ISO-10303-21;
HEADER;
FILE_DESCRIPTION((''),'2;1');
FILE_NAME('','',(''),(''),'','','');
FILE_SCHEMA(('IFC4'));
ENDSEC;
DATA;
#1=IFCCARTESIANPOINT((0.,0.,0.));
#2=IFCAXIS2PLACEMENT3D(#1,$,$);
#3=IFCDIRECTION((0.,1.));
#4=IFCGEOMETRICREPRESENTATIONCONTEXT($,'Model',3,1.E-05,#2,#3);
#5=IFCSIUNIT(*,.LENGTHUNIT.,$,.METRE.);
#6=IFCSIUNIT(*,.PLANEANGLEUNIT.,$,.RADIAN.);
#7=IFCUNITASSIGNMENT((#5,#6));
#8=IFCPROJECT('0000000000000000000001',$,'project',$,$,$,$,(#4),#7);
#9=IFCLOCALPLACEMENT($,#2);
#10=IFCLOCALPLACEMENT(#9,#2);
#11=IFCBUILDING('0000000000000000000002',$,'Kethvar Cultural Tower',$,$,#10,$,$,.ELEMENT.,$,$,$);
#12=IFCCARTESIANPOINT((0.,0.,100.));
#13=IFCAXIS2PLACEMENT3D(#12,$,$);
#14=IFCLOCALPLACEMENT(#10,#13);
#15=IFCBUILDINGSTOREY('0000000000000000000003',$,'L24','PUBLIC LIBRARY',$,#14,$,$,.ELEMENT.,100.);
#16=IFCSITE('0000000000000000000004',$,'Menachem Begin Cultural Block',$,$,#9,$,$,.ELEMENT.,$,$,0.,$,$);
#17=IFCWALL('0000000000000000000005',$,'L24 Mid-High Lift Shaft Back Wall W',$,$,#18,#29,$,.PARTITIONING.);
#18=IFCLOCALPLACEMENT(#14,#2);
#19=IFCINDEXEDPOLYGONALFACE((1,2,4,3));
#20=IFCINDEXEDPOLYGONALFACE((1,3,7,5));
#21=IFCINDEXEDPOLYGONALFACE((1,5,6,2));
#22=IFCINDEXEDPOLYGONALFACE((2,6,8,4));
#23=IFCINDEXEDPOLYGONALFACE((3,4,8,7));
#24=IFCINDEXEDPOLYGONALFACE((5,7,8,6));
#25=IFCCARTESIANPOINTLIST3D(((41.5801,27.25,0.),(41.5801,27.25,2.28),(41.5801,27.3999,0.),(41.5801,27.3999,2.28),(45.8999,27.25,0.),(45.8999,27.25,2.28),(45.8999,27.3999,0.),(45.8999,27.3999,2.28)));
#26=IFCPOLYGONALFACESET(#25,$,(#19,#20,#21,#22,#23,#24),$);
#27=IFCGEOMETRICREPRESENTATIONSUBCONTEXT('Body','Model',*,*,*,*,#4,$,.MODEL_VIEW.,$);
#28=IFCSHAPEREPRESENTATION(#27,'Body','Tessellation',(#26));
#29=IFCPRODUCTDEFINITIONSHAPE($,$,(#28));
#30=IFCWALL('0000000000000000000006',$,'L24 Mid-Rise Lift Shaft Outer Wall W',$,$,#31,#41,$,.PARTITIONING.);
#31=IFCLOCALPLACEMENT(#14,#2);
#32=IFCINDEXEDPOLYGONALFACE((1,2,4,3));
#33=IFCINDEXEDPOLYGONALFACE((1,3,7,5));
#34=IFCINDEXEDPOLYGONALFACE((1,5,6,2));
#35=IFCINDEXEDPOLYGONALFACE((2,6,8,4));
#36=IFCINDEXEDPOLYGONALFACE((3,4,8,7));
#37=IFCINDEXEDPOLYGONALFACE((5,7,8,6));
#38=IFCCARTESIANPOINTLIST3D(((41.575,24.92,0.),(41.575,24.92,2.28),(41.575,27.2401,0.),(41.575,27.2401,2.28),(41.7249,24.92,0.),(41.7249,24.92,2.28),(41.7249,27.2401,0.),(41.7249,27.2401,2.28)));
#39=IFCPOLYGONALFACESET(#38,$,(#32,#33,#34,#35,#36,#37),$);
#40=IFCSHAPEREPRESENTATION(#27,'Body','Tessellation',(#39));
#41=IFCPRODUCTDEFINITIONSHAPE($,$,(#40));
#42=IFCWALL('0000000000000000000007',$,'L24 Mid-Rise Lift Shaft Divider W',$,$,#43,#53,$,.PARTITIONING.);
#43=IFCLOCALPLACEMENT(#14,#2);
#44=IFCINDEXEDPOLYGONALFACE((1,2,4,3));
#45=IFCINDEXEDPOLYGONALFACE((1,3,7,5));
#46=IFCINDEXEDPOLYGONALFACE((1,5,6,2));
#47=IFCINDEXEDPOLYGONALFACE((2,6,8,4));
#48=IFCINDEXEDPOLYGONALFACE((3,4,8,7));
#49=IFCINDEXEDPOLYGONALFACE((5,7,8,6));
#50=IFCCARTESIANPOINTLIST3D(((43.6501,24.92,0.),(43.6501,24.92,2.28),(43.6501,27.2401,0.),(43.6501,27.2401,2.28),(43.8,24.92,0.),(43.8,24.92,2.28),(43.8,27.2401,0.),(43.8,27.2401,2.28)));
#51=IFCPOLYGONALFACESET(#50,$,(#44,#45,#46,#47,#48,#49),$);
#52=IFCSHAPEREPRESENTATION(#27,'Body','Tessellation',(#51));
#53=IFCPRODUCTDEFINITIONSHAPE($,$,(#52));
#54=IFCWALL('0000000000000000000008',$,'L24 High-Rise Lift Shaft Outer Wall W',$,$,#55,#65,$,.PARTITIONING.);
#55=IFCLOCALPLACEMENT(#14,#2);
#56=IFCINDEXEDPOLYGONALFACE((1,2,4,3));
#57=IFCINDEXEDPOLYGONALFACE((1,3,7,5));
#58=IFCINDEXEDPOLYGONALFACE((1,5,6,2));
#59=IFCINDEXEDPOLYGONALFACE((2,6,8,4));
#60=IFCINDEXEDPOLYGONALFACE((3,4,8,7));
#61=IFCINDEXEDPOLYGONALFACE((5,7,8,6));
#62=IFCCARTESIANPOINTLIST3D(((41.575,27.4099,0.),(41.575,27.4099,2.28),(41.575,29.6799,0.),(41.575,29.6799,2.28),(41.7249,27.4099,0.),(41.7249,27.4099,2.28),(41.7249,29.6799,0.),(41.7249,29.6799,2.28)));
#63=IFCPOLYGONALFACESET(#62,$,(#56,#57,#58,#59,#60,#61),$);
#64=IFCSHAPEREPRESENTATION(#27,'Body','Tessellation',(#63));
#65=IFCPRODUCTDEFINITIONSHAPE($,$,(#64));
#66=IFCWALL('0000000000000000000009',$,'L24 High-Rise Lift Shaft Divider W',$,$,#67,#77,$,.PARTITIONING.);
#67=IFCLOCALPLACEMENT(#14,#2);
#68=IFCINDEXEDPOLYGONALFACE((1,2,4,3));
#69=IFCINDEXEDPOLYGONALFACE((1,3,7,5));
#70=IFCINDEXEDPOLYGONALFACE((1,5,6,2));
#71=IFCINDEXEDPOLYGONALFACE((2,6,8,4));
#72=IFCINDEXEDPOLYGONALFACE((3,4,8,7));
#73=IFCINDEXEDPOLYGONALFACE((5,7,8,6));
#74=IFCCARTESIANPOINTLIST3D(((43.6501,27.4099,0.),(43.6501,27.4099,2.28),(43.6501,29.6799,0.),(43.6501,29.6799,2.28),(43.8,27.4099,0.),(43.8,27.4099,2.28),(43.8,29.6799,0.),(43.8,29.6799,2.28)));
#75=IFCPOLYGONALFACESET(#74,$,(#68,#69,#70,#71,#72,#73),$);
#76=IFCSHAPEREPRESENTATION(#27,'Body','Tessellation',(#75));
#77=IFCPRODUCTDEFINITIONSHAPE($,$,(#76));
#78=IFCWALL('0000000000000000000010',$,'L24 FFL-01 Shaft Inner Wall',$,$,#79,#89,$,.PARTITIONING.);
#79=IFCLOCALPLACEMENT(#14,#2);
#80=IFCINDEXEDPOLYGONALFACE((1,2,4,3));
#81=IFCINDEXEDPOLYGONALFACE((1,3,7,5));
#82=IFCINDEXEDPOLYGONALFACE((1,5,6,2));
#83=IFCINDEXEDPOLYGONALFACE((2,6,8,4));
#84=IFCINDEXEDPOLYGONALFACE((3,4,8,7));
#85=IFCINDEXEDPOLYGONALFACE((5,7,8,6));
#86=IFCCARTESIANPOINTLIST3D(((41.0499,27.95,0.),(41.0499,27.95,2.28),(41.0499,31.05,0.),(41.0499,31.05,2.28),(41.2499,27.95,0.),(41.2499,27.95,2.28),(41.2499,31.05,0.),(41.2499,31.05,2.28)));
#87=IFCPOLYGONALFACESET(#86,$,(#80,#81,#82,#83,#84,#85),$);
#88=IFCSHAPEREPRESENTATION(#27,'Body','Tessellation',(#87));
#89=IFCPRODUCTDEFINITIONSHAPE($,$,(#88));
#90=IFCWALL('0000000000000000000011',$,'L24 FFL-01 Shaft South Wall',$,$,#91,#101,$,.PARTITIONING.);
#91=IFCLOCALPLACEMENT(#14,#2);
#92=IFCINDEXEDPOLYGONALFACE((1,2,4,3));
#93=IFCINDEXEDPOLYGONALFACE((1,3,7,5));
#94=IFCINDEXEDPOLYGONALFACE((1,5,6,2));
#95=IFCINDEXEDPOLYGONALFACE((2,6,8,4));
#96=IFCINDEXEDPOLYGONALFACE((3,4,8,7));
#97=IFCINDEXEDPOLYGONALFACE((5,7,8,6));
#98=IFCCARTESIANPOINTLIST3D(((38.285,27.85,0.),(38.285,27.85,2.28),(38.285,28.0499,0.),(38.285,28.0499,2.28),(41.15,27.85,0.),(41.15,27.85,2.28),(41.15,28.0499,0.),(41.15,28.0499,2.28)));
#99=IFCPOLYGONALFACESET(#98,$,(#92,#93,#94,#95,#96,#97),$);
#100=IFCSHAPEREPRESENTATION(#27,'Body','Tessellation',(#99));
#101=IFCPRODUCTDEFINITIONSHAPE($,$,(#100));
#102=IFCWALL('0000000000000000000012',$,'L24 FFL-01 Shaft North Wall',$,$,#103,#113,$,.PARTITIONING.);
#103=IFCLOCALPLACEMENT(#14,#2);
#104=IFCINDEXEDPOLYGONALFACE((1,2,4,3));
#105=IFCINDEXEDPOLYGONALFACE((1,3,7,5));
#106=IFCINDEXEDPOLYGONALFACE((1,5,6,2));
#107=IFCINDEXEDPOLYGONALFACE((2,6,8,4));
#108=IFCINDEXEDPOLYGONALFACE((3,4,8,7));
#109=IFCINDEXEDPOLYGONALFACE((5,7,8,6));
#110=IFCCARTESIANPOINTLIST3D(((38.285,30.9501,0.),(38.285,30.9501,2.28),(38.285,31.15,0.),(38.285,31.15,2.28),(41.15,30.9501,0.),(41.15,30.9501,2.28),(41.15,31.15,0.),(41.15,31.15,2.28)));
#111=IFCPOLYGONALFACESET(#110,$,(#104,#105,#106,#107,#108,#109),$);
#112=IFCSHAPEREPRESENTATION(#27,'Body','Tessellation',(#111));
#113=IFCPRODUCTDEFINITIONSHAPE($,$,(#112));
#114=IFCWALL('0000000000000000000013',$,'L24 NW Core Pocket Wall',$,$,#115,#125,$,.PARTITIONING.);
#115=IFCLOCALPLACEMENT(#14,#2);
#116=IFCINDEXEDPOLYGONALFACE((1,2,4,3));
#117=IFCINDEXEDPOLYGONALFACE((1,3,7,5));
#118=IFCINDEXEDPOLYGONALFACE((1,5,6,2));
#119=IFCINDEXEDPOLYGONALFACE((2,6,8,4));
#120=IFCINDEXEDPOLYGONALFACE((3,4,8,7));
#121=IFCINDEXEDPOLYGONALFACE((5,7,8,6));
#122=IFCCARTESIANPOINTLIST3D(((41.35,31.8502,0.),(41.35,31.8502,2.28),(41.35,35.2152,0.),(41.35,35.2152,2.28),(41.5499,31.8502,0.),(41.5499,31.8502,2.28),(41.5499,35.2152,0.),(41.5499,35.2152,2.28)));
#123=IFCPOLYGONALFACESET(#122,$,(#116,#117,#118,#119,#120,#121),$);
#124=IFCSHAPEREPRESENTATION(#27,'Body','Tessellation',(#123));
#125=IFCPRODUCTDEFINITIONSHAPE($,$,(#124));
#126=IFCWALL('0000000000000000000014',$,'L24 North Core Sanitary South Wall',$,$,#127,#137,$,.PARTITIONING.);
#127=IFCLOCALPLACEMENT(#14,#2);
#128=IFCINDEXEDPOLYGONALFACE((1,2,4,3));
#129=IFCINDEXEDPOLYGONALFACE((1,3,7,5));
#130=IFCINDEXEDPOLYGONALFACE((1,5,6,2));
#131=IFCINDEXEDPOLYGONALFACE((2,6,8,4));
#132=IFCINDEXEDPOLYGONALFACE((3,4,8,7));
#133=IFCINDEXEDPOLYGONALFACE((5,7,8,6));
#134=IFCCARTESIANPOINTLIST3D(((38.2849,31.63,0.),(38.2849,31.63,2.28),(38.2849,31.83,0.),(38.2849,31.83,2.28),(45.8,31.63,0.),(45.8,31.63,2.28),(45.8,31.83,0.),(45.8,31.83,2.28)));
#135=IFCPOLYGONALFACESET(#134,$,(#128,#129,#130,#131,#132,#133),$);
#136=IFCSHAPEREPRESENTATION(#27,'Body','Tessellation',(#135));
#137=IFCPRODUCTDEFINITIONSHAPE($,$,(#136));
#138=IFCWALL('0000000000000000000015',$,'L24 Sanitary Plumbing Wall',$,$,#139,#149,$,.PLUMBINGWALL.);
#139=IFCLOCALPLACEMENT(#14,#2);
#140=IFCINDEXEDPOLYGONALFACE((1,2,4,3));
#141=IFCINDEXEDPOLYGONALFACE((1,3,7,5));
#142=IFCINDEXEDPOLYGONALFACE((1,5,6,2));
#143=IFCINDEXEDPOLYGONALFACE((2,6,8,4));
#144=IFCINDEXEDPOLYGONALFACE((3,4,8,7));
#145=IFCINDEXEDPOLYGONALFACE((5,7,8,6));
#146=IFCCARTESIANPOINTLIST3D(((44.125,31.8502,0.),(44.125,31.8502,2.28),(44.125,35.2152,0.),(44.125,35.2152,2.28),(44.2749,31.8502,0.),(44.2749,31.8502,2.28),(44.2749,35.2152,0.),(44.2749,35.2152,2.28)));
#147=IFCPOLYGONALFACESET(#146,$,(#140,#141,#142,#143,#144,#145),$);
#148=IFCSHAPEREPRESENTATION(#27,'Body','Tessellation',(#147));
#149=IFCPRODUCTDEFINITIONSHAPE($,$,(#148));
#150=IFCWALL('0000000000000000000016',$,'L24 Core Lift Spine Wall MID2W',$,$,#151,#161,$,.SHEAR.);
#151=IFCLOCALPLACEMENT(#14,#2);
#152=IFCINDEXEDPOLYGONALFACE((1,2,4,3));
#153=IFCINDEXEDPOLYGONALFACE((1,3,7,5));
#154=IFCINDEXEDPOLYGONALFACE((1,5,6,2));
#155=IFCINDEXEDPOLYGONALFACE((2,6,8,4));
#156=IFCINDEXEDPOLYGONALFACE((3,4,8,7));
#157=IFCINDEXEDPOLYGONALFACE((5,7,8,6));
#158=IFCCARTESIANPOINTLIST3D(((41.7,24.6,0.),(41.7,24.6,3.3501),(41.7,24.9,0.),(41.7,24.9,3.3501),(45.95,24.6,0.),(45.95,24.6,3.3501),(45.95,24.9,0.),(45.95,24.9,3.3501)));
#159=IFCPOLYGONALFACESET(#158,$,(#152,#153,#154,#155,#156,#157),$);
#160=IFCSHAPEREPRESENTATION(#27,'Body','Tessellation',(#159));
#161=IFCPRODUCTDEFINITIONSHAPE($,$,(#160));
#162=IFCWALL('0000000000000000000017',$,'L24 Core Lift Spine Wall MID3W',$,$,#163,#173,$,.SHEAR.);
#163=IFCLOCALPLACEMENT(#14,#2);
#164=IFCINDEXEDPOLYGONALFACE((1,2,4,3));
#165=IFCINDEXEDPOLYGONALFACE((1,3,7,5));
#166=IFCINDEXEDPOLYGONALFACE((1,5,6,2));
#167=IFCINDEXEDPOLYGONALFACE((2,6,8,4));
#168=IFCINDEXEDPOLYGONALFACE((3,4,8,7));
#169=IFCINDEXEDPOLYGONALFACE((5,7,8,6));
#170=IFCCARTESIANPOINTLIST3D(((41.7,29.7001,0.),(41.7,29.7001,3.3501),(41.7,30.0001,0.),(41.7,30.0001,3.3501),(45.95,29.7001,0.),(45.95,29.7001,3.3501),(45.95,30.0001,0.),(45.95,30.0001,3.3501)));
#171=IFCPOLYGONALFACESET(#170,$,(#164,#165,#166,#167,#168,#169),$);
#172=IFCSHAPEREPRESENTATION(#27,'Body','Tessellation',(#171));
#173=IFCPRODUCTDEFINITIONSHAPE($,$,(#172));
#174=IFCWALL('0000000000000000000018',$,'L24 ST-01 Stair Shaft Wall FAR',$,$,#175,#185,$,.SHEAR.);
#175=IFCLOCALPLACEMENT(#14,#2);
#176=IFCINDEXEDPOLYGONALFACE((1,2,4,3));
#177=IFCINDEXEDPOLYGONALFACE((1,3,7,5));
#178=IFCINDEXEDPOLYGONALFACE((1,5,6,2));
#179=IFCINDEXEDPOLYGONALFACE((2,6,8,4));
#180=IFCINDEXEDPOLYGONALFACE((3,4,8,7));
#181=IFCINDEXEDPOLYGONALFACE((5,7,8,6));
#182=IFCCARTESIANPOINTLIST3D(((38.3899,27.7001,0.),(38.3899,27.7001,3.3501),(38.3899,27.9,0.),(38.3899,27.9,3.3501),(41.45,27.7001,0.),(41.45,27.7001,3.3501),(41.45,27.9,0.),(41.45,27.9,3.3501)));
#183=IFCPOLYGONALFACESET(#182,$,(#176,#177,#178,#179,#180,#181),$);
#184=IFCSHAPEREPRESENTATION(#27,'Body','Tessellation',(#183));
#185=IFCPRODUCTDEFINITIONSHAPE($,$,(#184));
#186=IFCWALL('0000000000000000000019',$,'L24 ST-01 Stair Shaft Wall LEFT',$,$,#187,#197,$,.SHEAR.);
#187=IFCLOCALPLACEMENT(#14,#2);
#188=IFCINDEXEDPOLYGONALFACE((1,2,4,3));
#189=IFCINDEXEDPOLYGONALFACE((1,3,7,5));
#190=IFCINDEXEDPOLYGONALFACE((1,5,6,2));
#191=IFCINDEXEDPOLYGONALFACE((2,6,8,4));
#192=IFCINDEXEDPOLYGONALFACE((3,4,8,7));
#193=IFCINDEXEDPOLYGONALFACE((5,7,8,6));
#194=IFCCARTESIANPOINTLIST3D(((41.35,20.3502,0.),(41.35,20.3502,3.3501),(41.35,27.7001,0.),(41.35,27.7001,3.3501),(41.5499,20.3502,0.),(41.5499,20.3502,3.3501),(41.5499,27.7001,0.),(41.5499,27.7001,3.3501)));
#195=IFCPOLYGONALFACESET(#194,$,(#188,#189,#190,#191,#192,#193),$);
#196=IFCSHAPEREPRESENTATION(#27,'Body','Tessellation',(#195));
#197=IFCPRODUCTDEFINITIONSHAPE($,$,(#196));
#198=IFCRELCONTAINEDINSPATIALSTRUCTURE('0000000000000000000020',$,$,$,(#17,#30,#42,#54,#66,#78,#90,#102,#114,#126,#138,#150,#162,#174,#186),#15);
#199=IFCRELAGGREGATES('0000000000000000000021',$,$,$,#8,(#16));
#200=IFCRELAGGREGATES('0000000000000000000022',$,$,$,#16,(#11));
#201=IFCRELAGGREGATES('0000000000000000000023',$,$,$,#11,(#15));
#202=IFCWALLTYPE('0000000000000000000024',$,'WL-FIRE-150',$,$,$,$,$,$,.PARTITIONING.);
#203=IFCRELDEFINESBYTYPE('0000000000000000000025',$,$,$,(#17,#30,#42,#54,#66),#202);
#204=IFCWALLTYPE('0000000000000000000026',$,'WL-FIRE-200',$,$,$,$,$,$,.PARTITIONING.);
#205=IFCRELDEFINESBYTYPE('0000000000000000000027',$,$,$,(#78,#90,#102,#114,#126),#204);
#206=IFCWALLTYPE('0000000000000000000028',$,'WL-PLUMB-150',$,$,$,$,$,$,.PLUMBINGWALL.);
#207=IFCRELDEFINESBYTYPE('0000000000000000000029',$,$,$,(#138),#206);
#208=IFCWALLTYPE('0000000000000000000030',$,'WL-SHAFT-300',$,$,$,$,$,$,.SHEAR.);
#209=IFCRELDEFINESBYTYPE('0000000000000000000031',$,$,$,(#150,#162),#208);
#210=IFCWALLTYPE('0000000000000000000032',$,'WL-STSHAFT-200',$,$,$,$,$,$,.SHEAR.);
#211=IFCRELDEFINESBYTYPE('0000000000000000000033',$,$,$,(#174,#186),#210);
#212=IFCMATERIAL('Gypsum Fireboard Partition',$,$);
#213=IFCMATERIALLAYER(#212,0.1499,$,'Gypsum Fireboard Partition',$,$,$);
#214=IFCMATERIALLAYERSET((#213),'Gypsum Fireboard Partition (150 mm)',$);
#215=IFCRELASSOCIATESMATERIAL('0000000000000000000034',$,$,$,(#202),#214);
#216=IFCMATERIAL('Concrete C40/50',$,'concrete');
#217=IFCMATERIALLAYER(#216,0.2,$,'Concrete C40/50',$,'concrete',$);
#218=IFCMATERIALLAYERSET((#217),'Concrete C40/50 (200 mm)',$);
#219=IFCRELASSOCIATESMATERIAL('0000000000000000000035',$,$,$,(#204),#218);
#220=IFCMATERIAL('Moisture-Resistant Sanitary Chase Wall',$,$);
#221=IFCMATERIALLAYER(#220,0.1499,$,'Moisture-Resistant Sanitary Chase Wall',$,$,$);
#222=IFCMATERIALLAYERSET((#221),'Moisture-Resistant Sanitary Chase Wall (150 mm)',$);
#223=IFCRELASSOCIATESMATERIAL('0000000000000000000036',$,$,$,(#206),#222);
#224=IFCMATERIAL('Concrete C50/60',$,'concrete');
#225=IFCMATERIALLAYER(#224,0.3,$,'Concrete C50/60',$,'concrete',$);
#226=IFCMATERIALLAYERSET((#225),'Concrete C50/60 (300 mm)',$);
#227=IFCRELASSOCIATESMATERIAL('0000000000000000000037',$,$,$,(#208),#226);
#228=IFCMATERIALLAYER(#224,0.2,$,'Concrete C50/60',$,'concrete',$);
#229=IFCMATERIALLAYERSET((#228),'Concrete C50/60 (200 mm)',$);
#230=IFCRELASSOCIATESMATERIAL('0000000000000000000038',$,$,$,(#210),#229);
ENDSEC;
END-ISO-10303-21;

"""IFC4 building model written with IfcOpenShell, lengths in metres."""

from ifc_helpers import new_model, si_unit, direction, frame, frame_2d, origin, place, context, subcontext, project, spatial, rectangle, extrude, material, layer, layer_set, type_object, element, save


model = new_model("IFC4")

# Units and contexts
model_context = context("Model", 3, precision=1e-05, world=origin(), true_north=direction((0.0, 1.0)))
body_context = subcontext(model_context, "Body", "Model", "MODEL_VIEW")
ifc_project = project(units=[si_unit("LENGTHUNIT", "METRE"), si_unit("PLANEANGLEUNIT", "RADIAN")], contexts=[model_context])

# Site, building, storey
site_placement = place(None, origin())
site = spatial("IfcSite", under=ifc_project, at=site_placement, Name="Menachem Begin Cultural Block", CompositionType="ELEMENT", RefElevation=0.0)
building_placement = place(site_placement, origin())
building = spatial("IfcBuilding", under=site, at=building_placement, Name="Kethvar Cultural Tower", CompositionType="ELEMENT")
storey_placement = place(building_placement, frame((0.0, 0.0, 100.0)))
storey = spatial("IfcBuildingStorey", under=building, at=storey_placement, Name="L24", Description="PUBLIC LIBRARY", CompositionType="ELEMENT", Elevation=100.0)

# Walls
ifc_material_1 = material(Name="Gypsum Fireboard Partition")
ifc_layer_1 = layer(ifc_material_1, 0.1499, Name="Gypsum Fireboard Partition")
ifc_layer_set_1 = layer_set([ifc_layer_1], Name="Gypsum Fireboard Partition (150 mm)")
wall_type_1 = type_object("IfcWallType", Name="WL-FIRE-150", PredefinedType="PARTITIONING", material=ifc_layer_set_1)
wall_1_placement = place(storey_placement, frame((41.5801, 27.325, 0.0), z_axis=(0.0, 0.0, 1.0), x_axis=(1.0, 0.0, 0.0)))
element("IfcWall", 1, at=wall_1_placement, inside=storey, type_object=wall_type_1, Name="L24 Mid-High Lift Shaft Back Wall W", PredefinedType="PARTITIONING", context=body_context, shape_type="SweptSolid", body=[
    extrude(rectangle(XDim=4.3198, YDim=0.1499, at=frame_2d((2.1599, 0.0))), origin(), (0.0, 0.0, 1.0), 2.28),
])
for number, where, z_axis, x_axis, name in (
    (2, (41.6499, 24.9199, 0.0), (0.0, 0.0, 1.0), (0.0, 1.0, 0.0), "L24 Mid-Rise Lift Shaft Outer Wall W"),
    (3, (43.7251, 24.9199, 0.0), (0.0, 0.0, 1.0), (0.0, 1.0, 0.0), "L24 Mid-Rise Lift Shaft Divider W"),
):
    element("IfcWall", number, at=place(storey_placement, frame(where, z_axis=z_axis, x_axis=x_axis)), inside=storey, type_object=wall_type_1, Name=name, PredefinedType="PARTITIONING", context=body_context, shape_type="SweptSolid", body=[
        extrude(rectangle(XDim=2.3201, YDim=0.1499, at=frame_2d((1.1602, 0.0))), origin(), (0.0, 0.0, 1.0), 2.28),
    ])
for number, where, z_axis, x_axis, name in (
    (4, (41.6499, 27.4099, 0.0), (0.0, 0.0, 1.0), (0.0, 1.0, 0.0), "L24 High-Rise Lift Shaft Outer Wall W"),
    (5, (43.7251, 27.4099, 0.0), (0.0, 0.0, 1.0), (0.0, 1.0, 0.0), "L24 High-Rise Lift Shaft Divider W"),
):
    element("IfcWall", number, at=place(storey_placement, frame(where, z_axis=z_axis, x_axis=x_axis)), inside=storey, type_object=wall_type_1, Name=name, PredefinedType="PARTITIONING", context=body_context, shape_type="SweptSolid", body=[
        extrude(rectangle(XDim=2.27, YDim=0.1499, at=frame_2d((1.135, 0.0))), origin(), (0.0, 0.0, 1.0), 2.28),
    ])
ifc_material_2 = material(Name="Concrete C40/50", Category="concrete")
ifc_layer_2 = layer(ifc_material_2, 0.2, Name="Concrete C40/50", Category="concrete")
ifc_layer_set_2 = layer_set([ifc_layer_2], Name="Concrete C40/50 (200 mm)")
wall_type_2 = type_object("IfcWallType", Name="WL-FIRE-200", PredefinedType="PARTITIONING", material=ifc_layer_set_2)
wall_2_placement = place(storey_placement, frame((41.1499, 27.95, 0.0), z_axis=(0.0, 0.0, 1.0), x_axis=(0.0, 1.0, 0.0)))
element("IfcWall", 6, at=wall_2_placement, inside=storey, type_object=wall_type_2, Name="L24 FFL-01 Shaft Inner Wall", PredefinedType="PARTITIONING", context=body_context, shape_type="SweptSolid", body=[
    extrude(rectangle(XDim=3.1001, YDim=0.2, at=frame_2d((1.55, 0.0))), origin(), (0.0, 0.0, 1.0), 2.28),
])
for number, where, z_axis, x_axis, name in (
    (7, (38.2849, 27.95, 0.0), (0.0, 0.0, 1.0), (1.0, 0.0, 0.0), "L24 FFL-01 Shaft South Wall"),
    (8, (38.2849, 31.05, 0.0), (0.0, 0.0, 1.0), (1.0, 0.0, 0.0), "L24 FFL-01 Shaft North Wall"),
):
    element("IfcWall", number, at=place(storey_placement, frame(where, z_axis=z_axis, x_axis=x_axis)), inside=storey, type_object=wall_type_2, Name=name, PredefinedType="PARTITIONING", context=body_context, shape_type="SweptSolid", body=[
        extrude(rectangle(XDim=2.865, YDim=0.2, at=frame_2d((1.4326, 0.0))), origin(), (0.0, 0.0, 1.0), 2.28),
    ])
wall_3_placement = place(storey_placement, frame((41.45, 31.8501, 0.0), z_axis=(0.0, 0.0, 1.0), x_axis=(0.0, 1.0, 0.0)))
element("IfcWall", 9, at=wall_3_placement, inside=storey, type_object=wall_type_2, Name="L24 NW Core Pocket Wall", PredefinedType="PARTITIONING", context=body_context, shape_type="SweptSolid", body=[
    extrude(rectangle(XDim=3.365, YDim=0.2, at=frame_2d((1.6826, 0.0))), origin(), (0.0, 0.0, 1.0), 2.28),
])
wall_4_placement = place(storey_placement, frame((38.2849, 31.73, 0.0), z_axis=(0.0, 0.0, 1.0), x_axis=(1.0, 0.0, 0.0)))
element("IfcWall", 10, at=wall_4_placement, inside=storey, type_object=wall_type_2, Name="L24 North Core Sanitary South Wall", PredefinedType="PARTITIONING", context=body_context, shape_type="SweptSolid", body=[
    extrude(rectangle(XDim=7.5151, YDim=0.2, at=frame_2d((3.7576, 0.0))), origin(), (0.0, 0.0, 1.0), 2.28),
])
ifc_material_3 = material(Name="Moisture-Resistant Sanitary Chase Wall")
ifc_layer_3 = layer(ifc_material_3, 0.1499, Name="Moisture-Resistant Sanitary Chase Wall")
ifc_layer_set_3 = layer_set([ifc_layer_3], Name="Moisture-Resistant Sanitary Chase Wall (150 mm)")
wall_type_3 = type_object("IfcWallType", Name="WL-PLUMB-150", PredefinedType="PLUMBINGWALL", material=ifc_layer_set_3)
wall_5_placement = place(storey_placement, frame((44.2, 31.8501, 0.0), z_axis=(0.0, 0.0, 1.0), x_axis=(0.0, 1.0, 0.0)))
element("IfcWall", 11, at=wall_5_placement, inside=storey, type_object=wall_type_3, Name="L24 Sanitary Plumbing Wall", PredefinedType="PLUMBINGWALL", context=body_context, shape_type="SweptSolid", body=[
    extrude(rectangle(XDim=3.365, YDim=0.1499, at=frame_2d((1.6826, 0.0))), origin(), (0.0, 0.0, 1.0), 2.28),
])
ifc_material_4 = material(Name="Concrete C50/60", Category="concrete")
ifc_layer_4 = layer(ifc_material_4, 0.3, Name="Concrete C50/60", Category="concrete")
ifc_layer_set_4 = layer_set([ifc_layer_4], Name="Concrete C50/60 (300 mm)")
wall_type_4 = type_object("IfcWallType", Name="WL-SHAFT-300", PredefinedType="SHEAR", material=ifc_layer_set_4)
for number, where, z_axis, x_axis, name in (
    (12, (41.7, 24.75, 0.0), (0.0, 0.0, 1.0), (1.0, 0.0, 0.0), "L24 Core Lift Spine Wall MID2W"),
    (13, (41.7, 29.8501, 0.0), (0.0, 0.0, 1.0), (1.0, 0.0, 0.0), "L24 Core Lift Spine Wall MID3W"),
):
    element("IfcWall", number, at=place(storey_placement, frame(where, z_axis=z_axis, x_axis=x_axis)), inside=storey, type_object=wall_type_4, Name=name, PredefinedType="SHEAR", context=body_context, shape_type="SweptSolid", body=[
        extrude(rectangle(XDim=4.25, YDim=0.3, at=frame_2d((2.125, 0.0))), origin(), (0.0, 0.0, 1.0), 3.3501),
    ])
ifc_layer_5 = layer(ifc_material_4, 0.2, Name="Concrete C50/60", Category="concrete")
ifc_layer_set_5 = layer_set([ifc_layer_5], Name="Concrete C50/60 (200 mm)")
wall_type_5 = type_object("IfcWallType", Name="WL-STSHAFT-200", PredefinedType="SHEAR", material=ifc_layer_set_5)
wall_6_placement = place(storey_placement, frame((38.3899, 27.8, 0.0), z_axis=(0.0, 0.0, 1.0), x_axis=(1.0, 0.0, 0.0)))
element("IfcWall", 14, at=wall_6_placement, inside=storey, type_object=wall_type_5, Name="L24 ST-01 Stair Shaft Wall FAR", PredefinedType="SHEAR", context=body_context, shape_type="SweptSolid", body=[
    extrude(rectangle(XDim=3.0601, YDim=0.2, at=frame_2d((1.53, 0.0))), origin(), (0.0, 0.0, 1.0), 3.3501),
])
wall_7_placement = place(storey_placement, frame((41.45, 27.7, 0.0), z_axis=(0.0, 0.0, 1.0), x_axis=(0.0, -1.0, 0.0)))
element("IfcWall", 15, at=wall_7_placement, inside=storey, type_object=wall_type_5, Name="L24 ST-01 Stair Shaft Wall LEFT", PredefinedType="SHEAR", context=body_context, shape_type="SweptSolid", body=[
    extrude(rectangle(XDim=7.3499, YDim=0.2, at=frame_2d((3.6748, 0.0))), origin(), (0.0, 0.0, 1.0), 3.3501),
])

save(model, "model.ifc")
